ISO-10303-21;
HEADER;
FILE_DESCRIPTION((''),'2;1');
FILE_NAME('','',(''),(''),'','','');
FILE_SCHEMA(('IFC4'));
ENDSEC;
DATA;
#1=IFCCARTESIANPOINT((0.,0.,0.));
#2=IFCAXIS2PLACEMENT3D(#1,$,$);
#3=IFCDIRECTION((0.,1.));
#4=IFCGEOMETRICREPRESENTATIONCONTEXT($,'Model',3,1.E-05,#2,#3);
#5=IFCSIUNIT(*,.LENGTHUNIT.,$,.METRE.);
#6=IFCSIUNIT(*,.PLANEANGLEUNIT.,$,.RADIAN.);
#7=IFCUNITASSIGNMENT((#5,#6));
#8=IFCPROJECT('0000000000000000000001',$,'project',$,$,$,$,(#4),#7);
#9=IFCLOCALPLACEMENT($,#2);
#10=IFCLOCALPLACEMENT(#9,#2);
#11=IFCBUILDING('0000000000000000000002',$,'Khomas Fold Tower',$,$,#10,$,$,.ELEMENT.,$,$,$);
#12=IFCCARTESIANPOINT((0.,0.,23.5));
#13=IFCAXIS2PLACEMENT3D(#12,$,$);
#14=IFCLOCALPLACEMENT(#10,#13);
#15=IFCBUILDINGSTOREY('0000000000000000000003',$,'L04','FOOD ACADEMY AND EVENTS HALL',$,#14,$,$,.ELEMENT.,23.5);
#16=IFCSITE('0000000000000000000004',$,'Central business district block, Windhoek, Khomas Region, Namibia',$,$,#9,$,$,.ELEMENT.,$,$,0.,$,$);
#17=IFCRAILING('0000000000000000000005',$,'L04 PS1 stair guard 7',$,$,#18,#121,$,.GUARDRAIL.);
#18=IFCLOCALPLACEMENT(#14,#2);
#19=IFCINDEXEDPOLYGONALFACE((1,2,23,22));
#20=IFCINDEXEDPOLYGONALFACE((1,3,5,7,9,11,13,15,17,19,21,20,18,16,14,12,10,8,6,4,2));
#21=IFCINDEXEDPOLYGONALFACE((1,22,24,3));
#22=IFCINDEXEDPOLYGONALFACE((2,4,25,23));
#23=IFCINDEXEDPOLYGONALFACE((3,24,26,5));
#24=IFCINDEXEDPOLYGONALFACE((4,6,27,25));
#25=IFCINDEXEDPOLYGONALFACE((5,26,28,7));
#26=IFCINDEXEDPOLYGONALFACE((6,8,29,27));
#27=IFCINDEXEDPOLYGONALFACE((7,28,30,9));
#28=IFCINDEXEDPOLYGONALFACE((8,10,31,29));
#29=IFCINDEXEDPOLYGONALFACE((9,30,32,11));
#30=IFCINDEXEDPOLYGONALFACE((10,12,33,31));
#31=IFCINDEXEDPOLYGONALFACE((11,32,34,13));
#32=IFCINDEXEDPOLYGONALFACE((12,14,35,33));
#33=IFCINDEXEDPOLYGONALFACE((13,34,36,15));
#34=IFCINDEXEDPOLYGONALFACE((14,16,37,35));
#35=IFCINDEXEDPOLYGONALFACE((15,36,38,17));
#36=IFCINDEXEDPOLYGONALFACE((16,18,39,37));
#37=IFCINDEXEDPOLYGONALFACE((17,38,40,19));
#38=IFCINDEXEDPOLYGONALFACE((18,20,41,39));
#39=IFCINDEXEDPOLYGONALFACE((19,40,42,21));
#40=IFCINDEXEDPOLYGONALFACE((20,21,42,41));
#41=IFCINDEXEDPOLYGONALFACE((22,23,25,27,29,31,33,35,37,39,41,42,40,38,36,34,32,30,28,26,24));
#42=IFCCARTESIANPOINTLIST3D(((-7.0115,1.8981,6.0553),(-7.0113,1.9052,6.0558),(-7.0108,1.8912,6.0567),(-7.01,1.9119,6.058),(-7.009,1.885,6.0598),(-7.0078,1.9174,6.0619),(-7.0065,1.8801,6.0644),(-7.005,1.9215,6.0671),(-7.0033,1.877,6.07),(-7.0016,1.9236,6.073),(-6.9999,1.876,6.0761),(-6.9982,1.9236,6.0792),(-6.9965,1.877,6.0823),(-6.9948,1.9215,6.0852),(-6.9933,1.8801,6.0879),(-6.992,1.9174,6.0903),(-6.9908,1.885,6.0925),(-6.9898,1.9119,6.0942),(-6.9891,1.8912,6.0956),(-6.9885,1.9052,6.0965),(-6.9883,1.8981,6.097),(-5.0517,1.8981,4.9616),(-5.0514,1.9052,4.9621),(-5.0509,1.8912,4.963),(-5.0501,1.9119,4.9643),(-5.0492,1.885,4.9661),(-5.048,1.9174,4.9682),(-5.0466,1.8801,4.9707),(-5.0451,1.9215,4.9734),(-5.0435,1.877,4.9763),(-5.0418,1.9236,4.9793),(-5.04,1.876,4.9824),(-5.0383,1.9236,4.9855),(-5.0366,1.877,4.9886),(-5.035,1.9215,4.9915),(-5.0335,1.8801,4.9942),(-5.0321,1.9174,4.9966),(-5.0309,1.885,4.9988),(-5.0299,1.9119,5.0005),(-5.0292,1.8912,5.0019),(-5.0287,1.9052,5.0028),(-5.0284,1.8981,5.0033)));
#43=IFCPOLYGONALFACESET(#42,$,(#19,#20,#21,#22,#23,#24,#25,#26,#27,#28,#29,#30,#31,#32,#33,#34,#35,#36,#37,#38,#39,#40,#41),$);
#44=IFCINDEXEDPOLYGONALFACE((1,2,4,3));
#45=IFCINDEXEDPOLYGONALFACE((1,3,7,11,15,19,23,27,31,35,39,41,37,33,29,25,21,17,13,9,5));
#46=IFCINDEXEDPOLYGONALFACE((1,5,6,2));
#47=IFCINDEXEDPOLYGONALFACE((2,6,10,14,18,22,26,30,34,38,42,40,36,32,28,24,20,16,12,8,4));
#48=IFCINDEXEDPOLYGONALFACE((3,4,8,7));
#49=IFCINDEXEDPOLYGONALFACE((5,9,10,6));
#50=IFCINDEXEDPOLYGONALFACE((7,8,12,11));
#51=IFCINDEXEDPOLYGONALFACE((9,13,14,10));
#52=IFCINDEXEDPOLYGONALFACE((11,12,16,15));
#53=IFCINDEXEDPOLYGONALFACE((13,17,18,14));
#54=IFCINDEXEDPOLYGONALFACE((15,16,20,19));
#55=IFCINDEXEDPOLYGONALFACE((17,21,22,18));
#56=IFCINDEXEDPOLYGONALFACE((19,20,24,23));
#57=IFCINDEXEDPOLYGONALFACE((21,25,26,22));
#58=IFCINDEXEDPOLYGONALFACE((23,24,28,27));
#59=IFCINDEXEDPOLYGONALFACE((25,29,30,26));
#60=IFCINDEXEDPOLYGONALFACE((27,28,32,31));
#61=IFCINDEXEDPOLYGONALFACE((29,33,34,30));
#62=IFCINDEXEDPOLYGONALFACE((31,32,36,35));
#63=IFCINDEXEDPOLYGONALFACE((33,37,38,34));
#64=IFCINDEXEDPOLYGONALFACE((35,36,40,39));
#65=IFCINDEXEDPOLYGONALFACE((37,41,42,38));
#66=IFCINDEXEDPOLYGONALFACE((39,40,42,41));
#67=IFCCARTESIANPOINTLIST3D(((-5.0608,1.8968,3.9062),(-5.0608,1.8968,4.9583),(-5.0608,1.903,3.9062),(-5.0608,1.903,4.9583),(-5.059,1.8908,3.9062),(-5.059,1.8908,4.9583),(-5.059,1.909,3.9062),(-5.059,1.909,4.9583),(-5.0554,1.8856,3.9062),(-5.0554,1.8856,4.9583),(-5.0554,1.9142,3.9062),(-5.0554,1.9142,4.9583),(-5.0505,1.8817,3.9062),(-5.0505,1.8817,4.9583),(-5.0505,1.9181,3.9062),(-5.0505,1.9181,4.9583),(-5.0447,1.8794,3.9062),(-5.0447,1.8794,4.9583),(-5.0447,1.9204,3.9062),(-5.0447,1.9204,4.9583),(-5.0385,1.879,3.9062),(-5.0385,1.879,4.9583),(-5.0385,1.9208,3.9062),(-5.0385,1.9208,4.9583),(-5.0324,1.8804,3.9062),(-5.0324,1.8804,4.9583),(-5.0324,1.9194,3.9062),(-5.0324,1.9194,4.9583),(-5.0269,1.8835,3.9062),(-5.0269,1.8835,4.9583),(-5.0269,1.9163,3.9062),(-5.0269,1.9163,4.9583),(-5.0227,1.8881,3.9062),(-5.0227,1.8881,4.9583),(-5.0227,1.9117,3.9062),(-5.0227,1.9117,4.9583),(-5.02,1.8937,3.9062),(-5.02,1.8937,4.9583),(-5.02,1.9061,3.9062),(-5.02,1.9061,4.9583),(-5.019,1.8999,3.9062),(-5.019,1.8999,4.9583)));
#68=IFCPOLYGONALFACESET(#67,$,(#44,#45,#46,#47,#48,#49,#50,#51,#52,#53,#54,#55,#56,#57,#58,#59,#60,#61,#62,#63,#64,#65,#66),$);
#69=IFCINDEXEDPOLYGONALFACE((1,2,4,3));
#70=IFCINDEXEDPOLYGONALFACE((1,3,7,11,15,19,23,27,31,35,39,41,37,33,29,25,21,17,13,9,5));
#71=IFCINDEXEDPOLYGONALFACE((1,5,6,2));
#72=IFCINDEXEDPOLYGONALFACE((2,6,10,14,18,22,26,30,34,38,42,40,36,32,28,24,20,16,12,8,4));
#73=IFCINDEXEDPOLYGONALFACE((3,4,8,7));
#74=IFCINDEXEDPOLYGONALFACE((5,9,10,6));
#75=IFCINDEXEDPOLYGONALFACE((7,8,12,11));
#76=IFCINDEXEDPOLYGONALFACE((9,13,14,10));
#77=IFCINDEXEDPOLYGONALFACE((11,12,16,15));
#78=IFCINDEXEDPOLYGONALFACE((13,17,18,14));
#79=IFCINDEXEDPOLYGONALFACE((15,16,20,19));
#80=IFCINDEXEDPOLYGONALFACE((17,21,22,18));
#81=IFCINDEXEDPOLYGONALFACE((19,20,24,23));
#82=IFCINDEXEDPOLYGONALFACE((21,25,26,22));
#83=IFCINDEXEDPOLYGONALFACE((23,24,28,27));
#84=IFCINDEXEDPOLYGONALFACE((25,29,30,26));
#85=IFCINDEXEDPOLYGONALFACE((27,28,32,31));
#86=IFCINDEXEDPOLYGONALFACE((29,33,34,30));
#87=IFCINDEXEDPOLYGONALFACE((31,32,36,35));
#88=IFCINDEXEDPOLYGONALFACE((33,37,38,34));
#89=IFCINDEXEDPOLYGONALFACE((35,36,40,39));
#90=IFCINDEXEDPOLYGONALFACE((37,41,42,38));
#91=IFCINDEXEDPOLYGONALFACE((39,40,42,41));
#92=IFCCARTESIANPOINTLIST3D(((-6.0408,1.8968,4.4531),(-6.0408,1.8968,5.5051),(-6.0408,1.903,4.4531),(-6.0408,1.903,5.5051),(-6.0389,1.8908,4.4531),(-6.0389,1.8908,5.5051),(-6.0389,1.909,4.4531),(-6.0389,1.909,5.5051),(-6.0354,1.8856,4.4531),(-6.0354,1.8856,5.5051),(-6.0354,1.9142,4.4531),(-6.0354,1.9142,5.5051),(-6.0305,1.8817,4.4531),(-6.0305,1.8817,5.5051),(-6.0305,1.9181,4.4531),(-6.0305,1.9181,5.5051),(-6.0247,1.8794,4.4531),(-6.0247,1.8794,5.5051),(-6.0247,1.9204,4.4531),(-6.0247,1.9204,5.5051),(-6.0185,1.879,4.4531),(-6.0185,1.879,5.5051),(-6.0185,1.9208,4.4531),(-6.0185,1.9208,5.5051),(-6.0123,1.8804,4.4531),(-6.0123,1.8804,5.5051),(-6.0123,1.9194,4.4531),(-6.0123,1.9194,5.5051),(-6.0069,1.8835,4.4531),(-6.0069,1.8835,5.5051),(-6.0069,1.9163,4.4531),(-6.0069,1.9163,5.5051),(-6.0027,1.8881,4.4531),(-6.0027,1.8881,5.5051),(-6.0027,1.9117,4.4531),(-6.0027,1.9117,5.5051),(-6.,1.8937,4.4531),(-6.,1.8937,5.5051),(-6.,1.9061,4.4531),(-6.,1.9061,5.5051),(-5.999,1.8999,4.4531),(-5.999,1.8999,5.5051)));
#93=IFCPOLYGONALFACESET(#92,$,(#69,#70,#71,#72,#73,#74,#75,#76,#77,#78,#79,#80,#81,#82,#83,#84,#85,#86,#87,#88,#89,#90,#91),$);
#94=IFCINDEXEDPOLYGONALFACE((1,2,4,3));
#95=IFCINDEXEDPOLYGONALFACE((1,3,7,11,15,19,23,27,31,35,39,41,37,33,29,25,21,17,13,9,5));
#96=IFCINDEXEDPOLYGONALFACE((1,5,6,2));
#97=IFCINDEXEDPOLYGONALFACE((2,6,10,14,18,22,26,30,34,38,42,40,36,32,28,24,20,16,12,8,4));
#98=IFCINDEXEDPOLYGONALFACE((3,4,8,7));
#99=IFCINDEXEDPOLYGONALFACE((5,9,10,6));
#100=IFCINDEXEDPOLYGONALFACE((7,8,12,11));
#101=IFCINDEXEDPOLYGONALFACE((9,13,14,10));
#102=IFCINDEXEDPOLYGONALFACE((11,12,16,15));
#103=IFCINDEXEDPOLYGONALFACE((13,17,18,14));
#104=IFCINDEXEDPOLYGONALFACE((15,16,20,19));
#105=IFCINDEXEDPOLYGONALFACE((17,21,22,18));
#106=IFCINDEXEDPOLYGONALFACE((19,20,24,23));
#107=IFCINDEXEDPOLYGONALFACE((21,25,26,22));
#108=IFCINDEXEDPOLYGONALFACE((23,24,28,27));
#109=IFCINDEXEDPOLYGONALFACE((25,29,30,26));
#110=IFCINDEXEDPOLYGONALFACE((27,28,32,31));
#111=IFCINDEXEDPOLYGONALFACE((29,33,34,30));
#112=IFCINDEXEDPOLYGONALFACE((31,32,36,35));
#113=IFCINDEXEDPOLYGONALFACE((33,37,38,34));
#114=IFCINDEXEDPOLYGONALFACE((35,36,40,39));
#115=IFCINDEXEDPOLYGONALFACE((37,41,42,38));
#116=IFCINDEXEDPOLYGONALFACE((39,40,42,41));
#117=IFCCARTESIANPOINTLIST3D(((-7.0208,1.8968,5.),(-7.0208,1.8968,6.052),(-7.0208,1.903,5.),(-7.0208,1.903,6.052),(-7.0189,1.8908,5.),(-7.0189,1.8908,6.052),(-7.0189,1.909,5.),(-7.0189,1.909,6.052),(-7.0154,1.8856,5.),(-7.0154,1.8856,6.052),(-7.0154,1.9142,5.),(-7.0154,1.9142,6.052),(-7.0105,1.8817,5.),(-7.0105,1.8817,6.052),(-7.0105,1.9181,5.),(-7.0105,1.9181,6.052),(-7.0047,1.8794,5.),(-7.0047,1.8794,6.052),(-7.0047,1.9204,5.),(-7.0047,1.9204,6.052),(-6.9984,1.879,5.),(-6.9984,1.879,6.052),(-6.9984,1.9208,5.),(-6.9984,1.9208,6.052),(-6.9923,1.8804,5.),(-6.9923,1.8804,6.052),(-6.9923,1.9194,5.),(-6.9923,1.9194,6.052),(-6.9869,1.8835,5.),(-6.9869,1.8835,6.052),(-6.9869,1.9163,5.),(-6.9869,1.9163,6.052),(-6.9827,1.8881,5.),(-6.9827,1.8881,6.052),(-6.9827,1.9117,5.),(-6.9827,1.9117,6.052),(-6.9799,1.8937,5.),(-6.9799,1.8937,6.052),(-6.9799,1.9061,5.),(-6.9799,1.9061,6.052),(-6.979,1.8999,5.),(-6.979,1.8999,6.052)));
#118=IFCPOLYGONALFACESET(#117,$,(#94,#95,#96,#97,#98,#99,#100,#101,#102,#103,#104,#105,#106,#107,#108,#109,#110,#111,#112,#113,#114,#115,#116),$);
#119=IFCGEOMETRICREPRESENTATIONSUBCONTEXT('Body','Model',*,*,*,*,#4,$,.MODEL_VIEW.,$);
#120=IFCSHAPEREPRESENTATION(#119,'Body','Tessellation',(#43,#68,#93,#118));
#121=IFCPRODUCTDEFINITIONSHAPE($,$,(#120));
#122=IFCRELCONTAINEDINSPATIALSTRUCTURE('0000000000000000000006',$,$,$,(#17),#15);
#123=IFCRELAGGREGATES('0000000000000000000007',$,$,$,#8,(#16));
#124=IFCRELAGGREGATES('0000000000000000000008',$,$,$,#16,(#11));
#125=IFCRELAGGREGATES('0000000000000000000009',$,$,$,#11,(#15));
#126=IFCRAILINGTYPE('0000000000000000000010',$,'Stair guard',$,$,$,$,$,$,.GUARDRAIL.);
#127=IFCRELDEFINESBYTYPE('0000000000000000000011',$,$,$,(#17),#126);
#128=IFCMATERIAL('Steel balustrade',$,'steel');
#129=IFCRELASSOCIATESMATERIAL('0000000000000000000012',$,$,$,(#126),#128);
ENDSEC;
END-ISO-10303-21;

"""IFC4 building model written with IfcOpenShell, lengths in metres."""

from ifc_helpers import new_model, si_unit, direction, frame, origin, origin_2d, place, context, subcontext, project, spatial, circle, extrude, source, transform, mapped, material, type_object, element, save


model = new_model("IFC4")

# Units and contexts
model_context = context("Model", 3, precision=1e-05, world=origin(), true_north=direction((0.0, 1.0)))
body_context = subcontext(model_context, "Body", "Model", "MODEL_VIEW")
ifc_project = project(units=[si_unit("LENGTHUNIT", "METRE"), si_unit("PLANEANGLEUNIT", "RADIAN")], contexts=[model_context])

# Site, building, storey
site_placement = place(None, origin())
site = spatial("IfcSite", under=ifc_project, at=site_placement, Name="Central business district block, Windhoek, Khomas Region, Namibia", CompositionType="ELEMENT", RefElevation=0.0)
building_placement = place(site_placement, origin())
building = spatial("IfcBuilding", under=site, at=building_placement, Name="Khomas Fold Tower", CompositionType="ELEMENT")
storey_placement = place(building_placement, frame((0.0, 0.0, 23.5)))
storey = spatial("IfcBuildingStorey", under=building, at=storey_placement, Name="L04", Description="FOOD ACADEMY AND EVENTS HALL", CompositionType="ELEMENT", Elevation=23.5)

# Railing
ifc_material_1 = material(Name="Steel balustrade", Category="steel")
railing_type_1 = type_object("IfcRailingType", Name="Stair guard", PredefinedType="GUARDRAIL", material=ifc_material_1)
shared_shape_1 = source(origin(), body_context, "Body", "SweptSolid", [
    extrude(circle(Radius=0.0239, at=origin_2d()), frame((0.0, 0.0, 1.0762), z_axis=(-0.873232, 0.0, 0.487304), x_axis=(0.0, -1.0, 0.0)), (0.0, 0.0, 1.0), 2.2444),
    extrude(circle(Radius=0.021, at=origin_2d()), origin(), (0.0, 0.0, 1.0), 1.052),
    extrude(circle(Radius=0.021, at=origin_2d()), frame((-0.98, 0.0, 0.5469)), (0.0, 0.0, 1.0), 1.052),
    extrude(circle(Radius=0.021, at=origin_2d()), frame((-1.96, 0.0, 1.0938)), (0.0, 0.0, 1.0), 1.052),
])
for number, where, name in (
    (1, (-5.04, 1.8999, 3.9062), "L04 PS1 stair guard 7"),
):
    element("IfcRailing", number, at=place(storey_placement, frame(where)), inside=storey, type_object=railing_type_1, Name=name, PredefinedType="GUARDRAIL", context=body_context, shape_type="MappedRepresentation", body=[
        mapped(shared_shape_1, transform((0.0, 0.0, 0.0))),
    ])

save(model, "model.ifc")
